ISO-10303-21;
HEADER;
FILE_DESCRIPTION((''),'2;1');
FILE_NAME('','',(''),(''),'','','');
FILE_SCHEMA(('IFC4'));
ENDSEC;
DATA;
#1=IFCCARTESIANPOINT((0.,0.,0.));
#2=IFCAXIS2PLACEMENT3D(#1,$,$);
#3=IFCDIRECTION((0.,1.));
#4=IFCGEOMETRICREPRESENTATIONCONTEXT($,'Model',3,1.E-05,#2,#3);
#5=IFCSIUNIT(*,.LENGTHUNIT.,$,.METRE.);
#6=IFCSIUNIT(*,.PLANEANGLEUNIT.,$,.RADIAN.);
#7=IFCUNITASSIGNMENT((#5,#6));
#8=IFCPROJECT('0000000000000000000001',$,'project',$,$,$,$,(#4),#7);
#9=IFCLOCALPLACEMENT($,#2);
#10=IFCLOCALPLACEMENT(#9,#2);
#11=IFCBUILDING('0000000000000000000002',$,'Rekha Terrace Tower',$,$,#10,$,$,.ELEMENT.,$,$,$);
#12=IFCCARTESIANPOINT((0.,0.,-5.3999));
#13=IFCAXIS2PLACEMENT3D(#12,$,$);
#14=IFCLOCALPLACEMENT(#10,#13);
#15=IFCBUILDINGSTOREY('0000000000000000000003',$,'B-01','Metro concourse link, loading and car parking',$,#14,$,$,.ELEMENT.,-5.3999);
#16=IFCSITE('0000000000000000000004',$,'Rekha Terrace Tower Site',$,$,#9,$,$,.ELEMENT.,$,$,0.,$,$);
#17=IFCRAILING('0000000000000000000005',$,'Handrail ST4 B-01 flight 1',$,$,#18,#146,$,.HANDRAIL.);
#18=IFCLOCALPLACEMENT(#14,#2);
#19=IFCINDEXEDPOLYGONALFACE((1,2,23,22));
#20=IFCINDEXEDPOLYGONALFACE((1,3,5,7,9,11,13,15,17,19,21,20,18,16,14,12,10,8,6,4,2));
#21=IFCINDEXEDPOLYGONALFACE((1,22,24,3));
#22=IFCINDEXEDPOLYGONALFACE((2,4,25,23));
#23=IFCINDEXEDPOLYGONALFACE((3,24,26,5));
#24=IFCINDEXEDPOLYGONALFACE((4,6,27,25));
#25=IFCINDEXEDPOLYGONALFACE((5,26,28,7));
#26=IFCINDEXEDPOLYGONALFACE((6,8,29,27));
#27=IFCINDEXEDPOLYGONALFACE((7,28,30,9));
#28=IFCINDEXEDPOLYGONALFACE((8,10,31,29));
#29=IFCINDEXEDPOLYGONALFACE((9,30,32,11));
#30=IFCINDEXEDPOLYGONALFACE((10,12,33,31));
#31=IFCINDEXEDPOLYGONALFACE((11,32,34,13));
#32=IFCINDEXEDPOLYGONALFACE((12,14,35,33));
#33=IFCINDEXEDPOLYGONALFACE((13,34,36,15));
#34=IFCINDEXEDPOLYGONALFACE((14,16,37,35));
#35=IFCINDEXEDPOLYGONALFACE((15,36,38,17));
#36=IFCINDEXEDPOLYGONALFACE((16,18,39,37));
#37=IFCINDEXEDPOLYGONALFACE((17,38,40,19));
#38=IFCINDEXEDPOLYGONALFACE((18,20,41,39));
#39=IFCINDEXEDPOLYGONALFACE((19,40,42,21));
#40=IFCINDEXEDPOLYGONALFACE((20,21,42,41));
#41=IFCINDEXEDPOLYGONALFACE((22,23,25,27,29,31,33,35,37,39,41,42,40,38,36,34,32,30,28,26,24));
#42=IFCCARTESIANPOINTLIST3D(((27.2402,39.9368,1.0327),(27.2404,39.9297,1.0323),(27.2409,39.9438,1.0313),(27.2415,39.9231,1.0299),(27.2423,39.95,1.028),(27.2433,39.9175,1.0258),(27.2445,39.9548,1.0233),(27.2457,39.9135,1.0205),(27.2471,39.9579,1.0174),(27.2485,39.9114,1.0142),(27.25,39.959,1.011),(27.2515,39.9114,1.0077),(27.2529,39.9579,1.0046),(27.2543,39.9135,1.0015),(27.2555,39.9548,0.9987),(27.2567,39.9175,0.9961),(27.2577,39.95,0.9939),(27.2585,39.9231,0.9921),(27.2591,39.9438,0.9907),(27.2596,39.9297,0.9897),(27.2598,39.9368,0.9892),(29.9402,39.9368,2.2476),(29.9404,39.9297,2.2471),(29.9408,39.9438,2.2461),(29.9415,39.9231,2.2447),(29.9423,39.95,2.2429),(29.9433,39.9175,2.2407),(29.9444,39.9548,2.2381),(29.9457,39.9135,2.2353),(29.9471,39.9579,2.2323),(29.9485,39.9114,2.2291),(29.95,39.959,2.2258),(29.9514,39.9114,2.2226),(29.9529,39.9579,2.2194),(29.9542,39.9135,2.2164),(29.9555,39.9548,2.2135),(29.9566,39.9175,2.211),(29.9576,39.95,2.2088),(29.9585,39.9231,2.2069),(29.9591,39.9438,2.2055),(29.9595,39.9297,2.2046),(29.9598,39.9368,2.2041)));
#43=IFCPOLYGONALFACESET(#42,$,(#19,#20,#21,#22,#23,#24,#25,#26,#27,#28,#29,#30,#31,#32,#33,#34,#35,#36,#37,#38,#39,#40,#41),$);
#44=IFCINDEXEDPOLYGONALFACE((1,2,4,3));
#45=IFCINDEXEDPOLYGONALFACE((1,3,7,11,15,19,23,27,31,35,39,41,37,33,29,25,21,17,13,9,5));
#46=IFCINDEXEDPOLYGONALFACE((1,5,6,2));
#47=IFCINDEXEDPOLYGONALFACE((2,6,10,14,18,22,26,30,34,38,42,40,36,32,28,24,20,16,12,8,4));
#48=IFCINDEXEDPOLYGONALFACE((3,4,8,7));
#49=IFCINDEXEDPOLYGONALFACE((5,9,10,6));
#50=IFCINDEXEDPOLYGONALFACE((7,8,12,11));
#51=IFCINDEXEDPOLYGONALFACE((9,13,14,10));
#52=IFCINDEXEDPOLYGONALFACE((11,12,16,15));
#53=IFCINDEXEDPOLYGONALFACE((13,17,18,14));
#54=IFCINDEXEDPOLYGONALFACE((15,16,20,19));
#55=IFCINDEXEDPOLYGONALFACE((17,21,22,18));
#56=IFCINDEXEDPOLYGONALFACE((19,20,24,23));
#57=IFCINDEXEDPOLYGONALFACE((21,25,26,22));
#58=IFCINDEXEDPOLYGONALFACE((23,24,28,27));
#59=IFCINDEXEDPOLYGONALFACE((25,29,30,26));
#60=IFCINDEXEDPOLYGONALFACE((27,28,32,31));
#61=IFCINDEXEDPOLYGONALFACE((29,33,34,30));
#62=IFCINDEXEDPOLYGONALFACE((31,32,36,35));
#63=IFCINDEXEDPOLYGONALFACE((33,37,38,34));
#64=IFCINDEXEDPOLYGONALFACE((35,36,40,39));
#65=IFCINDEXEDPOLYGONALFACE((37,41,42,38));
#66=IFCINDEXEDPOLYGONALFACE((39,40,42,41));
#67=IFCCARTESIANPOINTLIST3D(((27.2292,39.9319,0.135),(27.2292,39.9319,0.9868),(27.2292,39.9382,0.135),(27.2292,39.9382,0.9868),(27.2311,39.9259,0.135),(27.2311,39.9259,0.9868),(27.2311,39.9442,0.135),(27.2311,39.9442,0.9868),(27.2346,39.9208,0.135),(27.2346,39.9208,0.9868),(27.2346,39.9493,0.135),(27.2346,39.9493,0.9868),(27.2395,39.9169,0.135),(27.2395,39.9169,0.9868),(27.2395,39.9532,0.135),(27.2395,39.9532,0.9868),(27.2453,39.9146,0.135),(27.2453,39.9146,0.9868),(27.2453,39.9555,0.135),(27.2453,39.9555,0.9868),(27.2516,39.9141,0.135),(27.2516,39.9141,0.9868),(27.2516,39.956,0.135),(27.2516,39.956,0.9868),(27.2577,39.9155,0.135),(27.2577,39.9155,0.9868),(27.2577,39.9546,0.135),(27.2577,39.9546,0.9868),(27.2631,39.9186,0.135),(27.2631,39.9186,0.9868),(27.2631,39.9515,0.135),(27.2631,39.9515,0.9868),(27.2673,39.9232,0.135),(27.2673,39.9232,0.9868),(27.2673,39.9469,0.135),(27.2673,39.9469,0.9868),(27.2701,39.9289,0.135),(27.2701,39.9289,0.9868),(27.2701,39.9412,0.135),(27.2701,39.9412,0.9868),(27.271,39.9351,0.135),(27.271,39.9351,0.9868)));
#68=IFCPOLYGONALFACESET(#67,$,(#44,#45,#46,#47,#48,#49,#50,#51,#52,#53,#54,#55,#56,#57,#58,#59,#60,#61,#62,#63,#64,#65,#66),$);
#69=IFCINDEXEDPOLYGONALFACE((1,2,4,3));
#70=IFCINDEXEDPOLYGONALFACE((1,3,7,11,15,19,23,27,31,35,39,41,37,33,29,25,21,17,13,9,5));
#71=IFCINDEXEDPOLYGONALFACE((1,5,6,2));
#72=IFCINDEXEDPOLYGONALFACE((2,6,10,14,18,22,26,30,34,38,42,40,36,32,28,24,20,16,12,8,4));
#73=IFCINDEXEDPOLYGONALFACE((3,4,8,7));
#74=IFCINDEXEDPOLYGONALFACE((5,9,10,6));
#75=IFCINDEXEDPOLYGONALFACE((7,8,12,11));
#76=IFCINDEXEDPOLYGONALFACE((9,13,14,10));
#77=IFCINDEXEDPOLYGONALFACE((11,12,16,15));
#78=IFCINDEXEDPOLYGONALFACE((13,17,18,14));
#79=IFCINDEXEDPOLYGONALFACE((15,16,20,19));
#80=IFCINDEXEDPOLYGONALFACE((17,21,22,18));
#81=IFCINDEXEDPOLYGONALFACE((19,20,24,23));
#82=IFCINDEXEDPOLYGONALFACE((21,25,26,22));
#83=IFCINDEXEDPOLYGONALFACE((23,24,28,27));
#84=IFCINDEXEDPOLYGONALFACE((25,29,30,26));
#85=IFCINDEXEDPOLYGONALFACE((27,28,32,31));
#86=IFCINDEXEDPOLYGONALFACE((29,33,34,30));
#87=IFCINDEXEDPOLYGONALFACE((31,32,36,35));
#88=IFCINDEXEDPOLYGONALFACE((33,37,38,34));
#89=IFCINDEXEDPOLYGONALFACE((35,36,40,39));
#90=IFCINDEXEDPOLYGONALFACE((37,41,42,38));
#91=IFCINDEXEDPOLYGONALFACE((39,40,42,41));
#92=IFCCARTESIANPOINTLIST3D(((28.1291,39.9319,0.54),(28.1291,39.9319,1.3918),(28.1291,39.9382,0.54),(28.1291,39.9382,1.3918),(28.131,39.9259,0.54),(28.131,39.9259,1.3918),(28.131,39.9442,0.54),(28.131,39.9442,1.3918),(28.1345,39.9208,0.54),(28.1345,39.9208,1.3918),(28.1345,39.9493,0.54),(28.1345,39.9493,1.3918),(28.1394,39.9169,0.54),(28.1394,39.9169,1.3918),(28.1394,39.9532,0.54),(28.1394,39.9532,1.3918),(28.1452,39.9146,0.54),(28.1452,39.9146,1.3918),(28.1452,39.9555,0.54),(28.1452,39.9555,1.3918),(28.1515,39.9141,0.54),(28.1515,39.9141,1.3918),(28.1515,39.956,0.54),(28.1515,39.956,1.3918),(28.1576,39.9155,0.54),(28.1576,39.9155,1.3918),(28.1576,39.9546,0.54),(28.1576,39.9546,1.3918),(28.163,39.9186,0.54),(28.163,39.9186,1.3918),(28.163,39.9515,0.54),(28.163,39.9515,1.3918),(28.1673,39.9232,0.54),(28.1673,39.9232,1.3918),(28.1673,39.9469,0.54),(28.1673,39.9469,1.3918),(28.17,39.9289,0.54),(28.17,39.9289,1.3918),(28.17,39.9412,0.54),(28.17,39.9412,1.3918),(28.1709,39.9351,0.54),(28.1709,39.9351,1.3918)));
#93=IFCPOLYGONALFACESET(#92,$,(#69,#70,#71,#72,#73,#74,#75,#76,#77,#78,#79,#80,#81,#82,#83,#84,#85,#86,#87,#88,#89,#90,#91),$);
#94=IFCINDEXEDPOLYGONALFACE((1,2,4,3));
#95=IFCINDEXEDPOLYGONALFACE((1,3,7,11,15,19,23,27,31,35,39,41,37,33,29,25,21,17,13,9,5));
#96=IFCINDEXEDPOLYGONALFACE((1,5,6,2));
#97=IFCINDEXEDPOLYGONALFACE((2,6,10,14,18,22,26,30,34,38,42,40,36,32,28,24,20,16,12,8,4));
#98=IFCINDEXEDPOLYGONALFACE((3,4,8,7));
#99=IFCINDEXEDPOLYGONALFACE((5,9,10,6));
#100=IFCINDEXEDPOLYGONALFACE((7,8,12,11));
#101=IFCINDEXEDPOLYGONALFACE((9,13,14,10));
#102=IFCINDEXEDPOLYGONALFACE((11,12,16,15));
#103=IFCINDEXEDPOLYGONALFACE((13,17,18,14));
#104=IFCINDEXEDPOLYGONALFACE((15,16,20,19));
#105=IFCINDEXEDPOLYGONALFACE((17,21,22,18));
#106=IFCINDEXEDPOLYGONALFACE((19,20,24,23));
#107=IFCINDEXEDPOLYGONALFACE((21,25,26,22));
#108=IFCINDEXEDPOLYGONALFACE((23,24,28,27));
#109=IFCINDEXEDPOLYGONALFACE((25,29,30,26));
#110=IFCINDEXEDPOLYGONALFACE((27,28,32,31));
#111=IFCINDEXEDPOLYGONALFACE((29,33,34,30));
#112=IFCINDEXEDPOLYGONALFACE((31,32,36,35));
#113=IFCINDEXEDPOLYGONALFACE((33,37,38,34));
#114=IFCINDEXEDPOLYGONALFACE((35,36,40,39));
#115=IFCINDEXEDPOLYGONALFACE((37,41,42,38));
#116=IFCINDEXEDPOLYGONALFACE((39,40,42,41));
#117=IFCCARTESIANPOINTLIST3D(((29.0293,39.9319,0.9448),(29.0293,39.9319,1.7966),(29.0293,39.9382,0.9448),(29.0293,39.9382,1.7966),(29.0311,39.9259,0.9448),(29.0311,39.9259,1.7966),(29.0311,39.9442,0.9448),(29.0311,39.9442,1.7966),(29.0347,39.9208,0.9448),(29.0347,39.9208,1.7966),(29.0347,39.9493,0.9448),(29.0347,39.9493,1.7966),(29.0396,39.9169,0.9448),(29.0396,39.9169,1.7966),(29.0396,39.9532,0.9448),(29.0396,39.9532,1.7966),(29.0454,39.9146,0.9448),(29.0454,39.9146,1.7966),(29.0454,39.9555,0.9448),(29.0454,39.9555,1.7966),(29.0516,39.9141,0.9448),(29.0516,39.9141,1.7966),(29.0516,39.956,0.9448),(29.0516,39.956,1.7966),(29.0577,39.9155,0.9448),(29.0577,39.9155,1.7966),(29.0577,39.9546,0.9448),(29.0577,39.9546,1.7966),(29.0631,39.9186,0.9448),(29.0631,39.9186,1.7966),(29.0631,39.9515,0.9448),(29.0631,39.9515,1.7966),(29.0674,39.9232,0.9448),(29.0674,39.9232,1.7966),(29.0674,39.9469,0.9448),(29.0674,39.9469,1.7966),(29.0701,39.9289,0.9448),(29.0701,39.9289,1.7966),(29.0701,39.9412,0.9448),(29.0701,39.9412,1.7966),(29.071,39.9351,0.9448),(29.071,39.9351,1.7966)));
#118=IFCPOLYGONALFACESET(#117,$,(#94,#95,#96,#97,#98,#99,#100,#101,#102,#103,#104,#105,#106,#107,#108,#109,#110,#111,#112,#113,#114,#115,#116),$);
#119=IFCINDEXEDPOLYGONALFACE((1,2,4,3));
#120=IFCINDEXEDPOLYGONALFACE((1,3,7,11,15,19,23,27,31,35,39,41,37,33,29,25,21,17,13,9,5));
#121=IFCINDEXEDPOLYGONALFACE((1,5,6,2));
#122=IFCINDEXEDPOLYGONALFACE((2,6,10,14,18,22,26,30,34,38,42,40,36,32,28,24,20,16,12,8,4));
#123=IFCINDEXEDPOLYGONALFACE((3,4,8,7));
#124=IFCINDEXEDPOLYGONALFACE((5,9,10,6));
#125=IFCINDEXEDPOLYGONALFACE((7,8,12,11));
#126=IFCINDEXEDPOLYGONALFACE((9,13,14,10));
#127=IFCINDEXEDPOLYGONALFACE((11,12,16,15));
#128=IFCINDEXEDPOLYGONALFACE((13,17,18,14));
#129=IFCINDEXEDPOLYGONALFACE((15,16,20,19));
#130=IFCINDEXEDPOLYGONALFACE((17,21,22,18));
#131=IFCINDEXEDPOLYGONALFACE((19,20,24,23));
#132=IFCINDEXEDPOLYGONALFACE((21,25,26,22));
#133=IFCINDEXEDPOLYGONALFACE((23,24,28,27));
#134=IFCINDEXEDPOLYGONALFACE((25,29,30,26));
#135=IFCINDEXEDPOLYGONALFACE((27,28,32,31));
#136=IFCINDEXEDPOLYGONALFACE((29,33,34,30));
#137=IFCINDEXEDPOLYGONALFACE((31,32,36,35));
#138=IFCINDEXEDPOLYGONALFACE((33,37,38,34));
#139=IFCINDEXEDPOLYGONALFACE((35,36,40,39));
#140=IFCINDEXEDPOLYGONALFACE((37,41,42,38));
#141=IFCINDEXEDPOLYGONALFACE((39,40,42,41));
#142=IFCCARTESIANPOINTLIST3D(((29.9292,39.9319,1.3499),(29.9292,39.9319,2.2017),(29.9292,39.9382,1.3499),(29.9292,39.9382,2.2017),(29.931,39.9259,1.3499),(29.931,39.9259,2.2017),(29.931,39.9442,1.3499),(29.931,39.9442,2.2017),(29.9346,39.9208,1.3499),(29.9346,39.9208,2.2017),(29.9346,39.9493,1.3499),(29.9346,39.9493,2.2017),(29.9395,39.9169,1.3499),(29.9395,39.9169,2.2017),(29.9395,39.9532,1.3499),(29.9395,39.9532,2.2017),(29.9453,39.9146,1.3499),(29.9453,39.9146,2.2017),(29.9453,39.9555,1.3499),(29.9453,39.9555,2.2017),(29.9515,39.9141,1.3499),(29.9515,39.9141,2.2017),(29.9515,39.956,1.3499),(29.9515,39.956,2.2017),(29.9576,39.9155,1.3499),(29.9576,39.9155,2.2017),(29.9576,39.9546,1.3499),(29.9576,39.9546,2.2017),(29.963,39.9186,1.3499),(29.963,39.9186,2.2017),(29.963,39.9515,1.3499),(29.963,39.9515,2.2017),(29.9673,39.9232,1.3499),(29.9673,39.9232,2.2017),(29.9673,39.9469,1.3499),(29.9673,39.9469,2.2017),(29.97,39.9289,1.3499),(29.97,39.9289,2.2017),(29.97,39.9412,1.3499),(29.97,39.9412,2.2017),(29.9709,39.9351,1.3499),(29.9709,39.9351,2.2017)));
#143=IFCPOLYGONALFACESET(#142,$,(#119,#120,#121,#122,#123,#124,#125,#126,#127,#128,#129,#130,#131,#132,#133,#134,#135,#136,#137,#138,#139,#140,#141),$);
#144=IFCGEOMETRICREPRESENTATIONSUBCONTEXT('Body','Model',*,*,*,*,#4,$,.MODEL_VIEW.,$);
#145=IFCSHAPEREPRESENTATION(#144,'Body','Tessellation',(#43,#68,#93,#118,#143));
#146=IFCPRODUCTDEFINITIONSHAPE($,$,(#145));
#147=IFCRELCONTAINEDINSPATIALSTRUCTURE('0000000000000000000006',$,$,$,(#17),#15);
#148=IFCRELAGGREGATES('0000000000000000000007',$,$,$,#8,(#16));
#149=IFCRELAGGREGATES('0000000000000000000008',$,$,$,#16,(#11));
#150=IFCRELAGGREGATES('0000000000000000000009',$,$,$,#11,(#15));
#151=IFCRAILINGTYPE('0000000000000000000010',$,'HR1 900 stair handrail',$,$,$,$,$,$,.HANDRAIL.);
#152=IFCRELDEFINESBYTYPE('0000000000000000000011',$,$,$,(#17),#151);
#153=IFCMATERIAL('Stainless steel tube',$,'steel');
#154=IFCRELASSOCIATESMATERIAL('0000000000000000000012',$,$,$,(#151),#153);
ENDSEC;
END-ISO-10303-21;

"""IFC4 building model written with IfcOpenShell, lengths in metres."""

from ifc_helpers import new_model, si_unit, direction, frame, origin, origin_2d, place, context, subcontext, project, spatial, circle, extrude, material, type_object, element, save


model = new_model("IFC4")

# Units and contexts
model_context = context("Model", 3, precision=1e-05, world=origin(), true_north=direction((0.0, 1.0)))
body_context = subcontext(model_context, "Body", "Model", "MODEL_VIEW")
ifc_project = project(units=[si_unit("LENGTHUNIT", "METRE"), si_unit("PLANEANGLEUNIT", "RADIAN")], contexts=[model_context])

# Site, building, storey
site_placement = place(None, origin())
site = spatial("IfcSite", under=ifc_project, at=site_placement, Name="Rekha Terrace Tower Site", CompositionType="ELEMENT", RefElevation=0.0)
building_placement = place(site_placement, origin())
building = spatial("IfcBuilding", under=site, at=building_placement, Name="Rekha Terrace Tower", CompositionType="ELEMENT")
storey_placement = place(building_placement, frame((0.0, 0.0, -5.3999)))
storey = spatial("IfcBuildingStorey", under=building, at=storey_placement, Name="B-01", Description="Metro concourse link, loading and car parking", CompositionType="ELEMENT", Elevation=-5.3999)

# Railing
ifc_material_1 = material(Name="Stainless steel tube", Category="steel")
railing_type_1 = type_object("IfcRailingType", Name="HR1 900 stair handrail", PredefinedType="HANDRAIL", material=ifc_material_1)
railing_1_placement = place(storey_placement, frame((27.25, 39.9351, 0.135)))
element("IfcRailing", 1, at=railing_1_placement, inside=storey, type_object=railing_type_1, Name="Handrail ST4 B-01 flight 1", PredefinedType="HANDRAIL", context=body_context, shape_type="SweptSolid", body=[
    extrude(circle(Radius=0.0239, at=origin_2d()), frame((0.0, 0.0, 0.876), z_axis=(0.911938, 0.0, 0.410327), x_axis=(0.0, 1.0, 0.0)), (0.0, 0.0, 1.0), 2.9607),
    extrude(circle(Radius=0.021, at=origin_2d()), origin(), (0.0, 0.0, 1.0), 0.8518),
    extrude(circle(Radius=0.021, at=origin_2d()), frame((0.8999, 0.0, 0.405)), (0.0, 0.0, 1.0), 0.8518),
    extrude(circle(Radius=0.021, at=origin_2d()), frame((1.8, 0.0, 0.8098)), (0.0, 0.0, 1.0), 0.8518),
    extrude(circle(Radius=0.021, at=origin_2d()), frame((2.7, 0.0, 1.2148)), (0.0, 0.0, 1.0), 0.8518),
])

save(model, "model.ifc")
